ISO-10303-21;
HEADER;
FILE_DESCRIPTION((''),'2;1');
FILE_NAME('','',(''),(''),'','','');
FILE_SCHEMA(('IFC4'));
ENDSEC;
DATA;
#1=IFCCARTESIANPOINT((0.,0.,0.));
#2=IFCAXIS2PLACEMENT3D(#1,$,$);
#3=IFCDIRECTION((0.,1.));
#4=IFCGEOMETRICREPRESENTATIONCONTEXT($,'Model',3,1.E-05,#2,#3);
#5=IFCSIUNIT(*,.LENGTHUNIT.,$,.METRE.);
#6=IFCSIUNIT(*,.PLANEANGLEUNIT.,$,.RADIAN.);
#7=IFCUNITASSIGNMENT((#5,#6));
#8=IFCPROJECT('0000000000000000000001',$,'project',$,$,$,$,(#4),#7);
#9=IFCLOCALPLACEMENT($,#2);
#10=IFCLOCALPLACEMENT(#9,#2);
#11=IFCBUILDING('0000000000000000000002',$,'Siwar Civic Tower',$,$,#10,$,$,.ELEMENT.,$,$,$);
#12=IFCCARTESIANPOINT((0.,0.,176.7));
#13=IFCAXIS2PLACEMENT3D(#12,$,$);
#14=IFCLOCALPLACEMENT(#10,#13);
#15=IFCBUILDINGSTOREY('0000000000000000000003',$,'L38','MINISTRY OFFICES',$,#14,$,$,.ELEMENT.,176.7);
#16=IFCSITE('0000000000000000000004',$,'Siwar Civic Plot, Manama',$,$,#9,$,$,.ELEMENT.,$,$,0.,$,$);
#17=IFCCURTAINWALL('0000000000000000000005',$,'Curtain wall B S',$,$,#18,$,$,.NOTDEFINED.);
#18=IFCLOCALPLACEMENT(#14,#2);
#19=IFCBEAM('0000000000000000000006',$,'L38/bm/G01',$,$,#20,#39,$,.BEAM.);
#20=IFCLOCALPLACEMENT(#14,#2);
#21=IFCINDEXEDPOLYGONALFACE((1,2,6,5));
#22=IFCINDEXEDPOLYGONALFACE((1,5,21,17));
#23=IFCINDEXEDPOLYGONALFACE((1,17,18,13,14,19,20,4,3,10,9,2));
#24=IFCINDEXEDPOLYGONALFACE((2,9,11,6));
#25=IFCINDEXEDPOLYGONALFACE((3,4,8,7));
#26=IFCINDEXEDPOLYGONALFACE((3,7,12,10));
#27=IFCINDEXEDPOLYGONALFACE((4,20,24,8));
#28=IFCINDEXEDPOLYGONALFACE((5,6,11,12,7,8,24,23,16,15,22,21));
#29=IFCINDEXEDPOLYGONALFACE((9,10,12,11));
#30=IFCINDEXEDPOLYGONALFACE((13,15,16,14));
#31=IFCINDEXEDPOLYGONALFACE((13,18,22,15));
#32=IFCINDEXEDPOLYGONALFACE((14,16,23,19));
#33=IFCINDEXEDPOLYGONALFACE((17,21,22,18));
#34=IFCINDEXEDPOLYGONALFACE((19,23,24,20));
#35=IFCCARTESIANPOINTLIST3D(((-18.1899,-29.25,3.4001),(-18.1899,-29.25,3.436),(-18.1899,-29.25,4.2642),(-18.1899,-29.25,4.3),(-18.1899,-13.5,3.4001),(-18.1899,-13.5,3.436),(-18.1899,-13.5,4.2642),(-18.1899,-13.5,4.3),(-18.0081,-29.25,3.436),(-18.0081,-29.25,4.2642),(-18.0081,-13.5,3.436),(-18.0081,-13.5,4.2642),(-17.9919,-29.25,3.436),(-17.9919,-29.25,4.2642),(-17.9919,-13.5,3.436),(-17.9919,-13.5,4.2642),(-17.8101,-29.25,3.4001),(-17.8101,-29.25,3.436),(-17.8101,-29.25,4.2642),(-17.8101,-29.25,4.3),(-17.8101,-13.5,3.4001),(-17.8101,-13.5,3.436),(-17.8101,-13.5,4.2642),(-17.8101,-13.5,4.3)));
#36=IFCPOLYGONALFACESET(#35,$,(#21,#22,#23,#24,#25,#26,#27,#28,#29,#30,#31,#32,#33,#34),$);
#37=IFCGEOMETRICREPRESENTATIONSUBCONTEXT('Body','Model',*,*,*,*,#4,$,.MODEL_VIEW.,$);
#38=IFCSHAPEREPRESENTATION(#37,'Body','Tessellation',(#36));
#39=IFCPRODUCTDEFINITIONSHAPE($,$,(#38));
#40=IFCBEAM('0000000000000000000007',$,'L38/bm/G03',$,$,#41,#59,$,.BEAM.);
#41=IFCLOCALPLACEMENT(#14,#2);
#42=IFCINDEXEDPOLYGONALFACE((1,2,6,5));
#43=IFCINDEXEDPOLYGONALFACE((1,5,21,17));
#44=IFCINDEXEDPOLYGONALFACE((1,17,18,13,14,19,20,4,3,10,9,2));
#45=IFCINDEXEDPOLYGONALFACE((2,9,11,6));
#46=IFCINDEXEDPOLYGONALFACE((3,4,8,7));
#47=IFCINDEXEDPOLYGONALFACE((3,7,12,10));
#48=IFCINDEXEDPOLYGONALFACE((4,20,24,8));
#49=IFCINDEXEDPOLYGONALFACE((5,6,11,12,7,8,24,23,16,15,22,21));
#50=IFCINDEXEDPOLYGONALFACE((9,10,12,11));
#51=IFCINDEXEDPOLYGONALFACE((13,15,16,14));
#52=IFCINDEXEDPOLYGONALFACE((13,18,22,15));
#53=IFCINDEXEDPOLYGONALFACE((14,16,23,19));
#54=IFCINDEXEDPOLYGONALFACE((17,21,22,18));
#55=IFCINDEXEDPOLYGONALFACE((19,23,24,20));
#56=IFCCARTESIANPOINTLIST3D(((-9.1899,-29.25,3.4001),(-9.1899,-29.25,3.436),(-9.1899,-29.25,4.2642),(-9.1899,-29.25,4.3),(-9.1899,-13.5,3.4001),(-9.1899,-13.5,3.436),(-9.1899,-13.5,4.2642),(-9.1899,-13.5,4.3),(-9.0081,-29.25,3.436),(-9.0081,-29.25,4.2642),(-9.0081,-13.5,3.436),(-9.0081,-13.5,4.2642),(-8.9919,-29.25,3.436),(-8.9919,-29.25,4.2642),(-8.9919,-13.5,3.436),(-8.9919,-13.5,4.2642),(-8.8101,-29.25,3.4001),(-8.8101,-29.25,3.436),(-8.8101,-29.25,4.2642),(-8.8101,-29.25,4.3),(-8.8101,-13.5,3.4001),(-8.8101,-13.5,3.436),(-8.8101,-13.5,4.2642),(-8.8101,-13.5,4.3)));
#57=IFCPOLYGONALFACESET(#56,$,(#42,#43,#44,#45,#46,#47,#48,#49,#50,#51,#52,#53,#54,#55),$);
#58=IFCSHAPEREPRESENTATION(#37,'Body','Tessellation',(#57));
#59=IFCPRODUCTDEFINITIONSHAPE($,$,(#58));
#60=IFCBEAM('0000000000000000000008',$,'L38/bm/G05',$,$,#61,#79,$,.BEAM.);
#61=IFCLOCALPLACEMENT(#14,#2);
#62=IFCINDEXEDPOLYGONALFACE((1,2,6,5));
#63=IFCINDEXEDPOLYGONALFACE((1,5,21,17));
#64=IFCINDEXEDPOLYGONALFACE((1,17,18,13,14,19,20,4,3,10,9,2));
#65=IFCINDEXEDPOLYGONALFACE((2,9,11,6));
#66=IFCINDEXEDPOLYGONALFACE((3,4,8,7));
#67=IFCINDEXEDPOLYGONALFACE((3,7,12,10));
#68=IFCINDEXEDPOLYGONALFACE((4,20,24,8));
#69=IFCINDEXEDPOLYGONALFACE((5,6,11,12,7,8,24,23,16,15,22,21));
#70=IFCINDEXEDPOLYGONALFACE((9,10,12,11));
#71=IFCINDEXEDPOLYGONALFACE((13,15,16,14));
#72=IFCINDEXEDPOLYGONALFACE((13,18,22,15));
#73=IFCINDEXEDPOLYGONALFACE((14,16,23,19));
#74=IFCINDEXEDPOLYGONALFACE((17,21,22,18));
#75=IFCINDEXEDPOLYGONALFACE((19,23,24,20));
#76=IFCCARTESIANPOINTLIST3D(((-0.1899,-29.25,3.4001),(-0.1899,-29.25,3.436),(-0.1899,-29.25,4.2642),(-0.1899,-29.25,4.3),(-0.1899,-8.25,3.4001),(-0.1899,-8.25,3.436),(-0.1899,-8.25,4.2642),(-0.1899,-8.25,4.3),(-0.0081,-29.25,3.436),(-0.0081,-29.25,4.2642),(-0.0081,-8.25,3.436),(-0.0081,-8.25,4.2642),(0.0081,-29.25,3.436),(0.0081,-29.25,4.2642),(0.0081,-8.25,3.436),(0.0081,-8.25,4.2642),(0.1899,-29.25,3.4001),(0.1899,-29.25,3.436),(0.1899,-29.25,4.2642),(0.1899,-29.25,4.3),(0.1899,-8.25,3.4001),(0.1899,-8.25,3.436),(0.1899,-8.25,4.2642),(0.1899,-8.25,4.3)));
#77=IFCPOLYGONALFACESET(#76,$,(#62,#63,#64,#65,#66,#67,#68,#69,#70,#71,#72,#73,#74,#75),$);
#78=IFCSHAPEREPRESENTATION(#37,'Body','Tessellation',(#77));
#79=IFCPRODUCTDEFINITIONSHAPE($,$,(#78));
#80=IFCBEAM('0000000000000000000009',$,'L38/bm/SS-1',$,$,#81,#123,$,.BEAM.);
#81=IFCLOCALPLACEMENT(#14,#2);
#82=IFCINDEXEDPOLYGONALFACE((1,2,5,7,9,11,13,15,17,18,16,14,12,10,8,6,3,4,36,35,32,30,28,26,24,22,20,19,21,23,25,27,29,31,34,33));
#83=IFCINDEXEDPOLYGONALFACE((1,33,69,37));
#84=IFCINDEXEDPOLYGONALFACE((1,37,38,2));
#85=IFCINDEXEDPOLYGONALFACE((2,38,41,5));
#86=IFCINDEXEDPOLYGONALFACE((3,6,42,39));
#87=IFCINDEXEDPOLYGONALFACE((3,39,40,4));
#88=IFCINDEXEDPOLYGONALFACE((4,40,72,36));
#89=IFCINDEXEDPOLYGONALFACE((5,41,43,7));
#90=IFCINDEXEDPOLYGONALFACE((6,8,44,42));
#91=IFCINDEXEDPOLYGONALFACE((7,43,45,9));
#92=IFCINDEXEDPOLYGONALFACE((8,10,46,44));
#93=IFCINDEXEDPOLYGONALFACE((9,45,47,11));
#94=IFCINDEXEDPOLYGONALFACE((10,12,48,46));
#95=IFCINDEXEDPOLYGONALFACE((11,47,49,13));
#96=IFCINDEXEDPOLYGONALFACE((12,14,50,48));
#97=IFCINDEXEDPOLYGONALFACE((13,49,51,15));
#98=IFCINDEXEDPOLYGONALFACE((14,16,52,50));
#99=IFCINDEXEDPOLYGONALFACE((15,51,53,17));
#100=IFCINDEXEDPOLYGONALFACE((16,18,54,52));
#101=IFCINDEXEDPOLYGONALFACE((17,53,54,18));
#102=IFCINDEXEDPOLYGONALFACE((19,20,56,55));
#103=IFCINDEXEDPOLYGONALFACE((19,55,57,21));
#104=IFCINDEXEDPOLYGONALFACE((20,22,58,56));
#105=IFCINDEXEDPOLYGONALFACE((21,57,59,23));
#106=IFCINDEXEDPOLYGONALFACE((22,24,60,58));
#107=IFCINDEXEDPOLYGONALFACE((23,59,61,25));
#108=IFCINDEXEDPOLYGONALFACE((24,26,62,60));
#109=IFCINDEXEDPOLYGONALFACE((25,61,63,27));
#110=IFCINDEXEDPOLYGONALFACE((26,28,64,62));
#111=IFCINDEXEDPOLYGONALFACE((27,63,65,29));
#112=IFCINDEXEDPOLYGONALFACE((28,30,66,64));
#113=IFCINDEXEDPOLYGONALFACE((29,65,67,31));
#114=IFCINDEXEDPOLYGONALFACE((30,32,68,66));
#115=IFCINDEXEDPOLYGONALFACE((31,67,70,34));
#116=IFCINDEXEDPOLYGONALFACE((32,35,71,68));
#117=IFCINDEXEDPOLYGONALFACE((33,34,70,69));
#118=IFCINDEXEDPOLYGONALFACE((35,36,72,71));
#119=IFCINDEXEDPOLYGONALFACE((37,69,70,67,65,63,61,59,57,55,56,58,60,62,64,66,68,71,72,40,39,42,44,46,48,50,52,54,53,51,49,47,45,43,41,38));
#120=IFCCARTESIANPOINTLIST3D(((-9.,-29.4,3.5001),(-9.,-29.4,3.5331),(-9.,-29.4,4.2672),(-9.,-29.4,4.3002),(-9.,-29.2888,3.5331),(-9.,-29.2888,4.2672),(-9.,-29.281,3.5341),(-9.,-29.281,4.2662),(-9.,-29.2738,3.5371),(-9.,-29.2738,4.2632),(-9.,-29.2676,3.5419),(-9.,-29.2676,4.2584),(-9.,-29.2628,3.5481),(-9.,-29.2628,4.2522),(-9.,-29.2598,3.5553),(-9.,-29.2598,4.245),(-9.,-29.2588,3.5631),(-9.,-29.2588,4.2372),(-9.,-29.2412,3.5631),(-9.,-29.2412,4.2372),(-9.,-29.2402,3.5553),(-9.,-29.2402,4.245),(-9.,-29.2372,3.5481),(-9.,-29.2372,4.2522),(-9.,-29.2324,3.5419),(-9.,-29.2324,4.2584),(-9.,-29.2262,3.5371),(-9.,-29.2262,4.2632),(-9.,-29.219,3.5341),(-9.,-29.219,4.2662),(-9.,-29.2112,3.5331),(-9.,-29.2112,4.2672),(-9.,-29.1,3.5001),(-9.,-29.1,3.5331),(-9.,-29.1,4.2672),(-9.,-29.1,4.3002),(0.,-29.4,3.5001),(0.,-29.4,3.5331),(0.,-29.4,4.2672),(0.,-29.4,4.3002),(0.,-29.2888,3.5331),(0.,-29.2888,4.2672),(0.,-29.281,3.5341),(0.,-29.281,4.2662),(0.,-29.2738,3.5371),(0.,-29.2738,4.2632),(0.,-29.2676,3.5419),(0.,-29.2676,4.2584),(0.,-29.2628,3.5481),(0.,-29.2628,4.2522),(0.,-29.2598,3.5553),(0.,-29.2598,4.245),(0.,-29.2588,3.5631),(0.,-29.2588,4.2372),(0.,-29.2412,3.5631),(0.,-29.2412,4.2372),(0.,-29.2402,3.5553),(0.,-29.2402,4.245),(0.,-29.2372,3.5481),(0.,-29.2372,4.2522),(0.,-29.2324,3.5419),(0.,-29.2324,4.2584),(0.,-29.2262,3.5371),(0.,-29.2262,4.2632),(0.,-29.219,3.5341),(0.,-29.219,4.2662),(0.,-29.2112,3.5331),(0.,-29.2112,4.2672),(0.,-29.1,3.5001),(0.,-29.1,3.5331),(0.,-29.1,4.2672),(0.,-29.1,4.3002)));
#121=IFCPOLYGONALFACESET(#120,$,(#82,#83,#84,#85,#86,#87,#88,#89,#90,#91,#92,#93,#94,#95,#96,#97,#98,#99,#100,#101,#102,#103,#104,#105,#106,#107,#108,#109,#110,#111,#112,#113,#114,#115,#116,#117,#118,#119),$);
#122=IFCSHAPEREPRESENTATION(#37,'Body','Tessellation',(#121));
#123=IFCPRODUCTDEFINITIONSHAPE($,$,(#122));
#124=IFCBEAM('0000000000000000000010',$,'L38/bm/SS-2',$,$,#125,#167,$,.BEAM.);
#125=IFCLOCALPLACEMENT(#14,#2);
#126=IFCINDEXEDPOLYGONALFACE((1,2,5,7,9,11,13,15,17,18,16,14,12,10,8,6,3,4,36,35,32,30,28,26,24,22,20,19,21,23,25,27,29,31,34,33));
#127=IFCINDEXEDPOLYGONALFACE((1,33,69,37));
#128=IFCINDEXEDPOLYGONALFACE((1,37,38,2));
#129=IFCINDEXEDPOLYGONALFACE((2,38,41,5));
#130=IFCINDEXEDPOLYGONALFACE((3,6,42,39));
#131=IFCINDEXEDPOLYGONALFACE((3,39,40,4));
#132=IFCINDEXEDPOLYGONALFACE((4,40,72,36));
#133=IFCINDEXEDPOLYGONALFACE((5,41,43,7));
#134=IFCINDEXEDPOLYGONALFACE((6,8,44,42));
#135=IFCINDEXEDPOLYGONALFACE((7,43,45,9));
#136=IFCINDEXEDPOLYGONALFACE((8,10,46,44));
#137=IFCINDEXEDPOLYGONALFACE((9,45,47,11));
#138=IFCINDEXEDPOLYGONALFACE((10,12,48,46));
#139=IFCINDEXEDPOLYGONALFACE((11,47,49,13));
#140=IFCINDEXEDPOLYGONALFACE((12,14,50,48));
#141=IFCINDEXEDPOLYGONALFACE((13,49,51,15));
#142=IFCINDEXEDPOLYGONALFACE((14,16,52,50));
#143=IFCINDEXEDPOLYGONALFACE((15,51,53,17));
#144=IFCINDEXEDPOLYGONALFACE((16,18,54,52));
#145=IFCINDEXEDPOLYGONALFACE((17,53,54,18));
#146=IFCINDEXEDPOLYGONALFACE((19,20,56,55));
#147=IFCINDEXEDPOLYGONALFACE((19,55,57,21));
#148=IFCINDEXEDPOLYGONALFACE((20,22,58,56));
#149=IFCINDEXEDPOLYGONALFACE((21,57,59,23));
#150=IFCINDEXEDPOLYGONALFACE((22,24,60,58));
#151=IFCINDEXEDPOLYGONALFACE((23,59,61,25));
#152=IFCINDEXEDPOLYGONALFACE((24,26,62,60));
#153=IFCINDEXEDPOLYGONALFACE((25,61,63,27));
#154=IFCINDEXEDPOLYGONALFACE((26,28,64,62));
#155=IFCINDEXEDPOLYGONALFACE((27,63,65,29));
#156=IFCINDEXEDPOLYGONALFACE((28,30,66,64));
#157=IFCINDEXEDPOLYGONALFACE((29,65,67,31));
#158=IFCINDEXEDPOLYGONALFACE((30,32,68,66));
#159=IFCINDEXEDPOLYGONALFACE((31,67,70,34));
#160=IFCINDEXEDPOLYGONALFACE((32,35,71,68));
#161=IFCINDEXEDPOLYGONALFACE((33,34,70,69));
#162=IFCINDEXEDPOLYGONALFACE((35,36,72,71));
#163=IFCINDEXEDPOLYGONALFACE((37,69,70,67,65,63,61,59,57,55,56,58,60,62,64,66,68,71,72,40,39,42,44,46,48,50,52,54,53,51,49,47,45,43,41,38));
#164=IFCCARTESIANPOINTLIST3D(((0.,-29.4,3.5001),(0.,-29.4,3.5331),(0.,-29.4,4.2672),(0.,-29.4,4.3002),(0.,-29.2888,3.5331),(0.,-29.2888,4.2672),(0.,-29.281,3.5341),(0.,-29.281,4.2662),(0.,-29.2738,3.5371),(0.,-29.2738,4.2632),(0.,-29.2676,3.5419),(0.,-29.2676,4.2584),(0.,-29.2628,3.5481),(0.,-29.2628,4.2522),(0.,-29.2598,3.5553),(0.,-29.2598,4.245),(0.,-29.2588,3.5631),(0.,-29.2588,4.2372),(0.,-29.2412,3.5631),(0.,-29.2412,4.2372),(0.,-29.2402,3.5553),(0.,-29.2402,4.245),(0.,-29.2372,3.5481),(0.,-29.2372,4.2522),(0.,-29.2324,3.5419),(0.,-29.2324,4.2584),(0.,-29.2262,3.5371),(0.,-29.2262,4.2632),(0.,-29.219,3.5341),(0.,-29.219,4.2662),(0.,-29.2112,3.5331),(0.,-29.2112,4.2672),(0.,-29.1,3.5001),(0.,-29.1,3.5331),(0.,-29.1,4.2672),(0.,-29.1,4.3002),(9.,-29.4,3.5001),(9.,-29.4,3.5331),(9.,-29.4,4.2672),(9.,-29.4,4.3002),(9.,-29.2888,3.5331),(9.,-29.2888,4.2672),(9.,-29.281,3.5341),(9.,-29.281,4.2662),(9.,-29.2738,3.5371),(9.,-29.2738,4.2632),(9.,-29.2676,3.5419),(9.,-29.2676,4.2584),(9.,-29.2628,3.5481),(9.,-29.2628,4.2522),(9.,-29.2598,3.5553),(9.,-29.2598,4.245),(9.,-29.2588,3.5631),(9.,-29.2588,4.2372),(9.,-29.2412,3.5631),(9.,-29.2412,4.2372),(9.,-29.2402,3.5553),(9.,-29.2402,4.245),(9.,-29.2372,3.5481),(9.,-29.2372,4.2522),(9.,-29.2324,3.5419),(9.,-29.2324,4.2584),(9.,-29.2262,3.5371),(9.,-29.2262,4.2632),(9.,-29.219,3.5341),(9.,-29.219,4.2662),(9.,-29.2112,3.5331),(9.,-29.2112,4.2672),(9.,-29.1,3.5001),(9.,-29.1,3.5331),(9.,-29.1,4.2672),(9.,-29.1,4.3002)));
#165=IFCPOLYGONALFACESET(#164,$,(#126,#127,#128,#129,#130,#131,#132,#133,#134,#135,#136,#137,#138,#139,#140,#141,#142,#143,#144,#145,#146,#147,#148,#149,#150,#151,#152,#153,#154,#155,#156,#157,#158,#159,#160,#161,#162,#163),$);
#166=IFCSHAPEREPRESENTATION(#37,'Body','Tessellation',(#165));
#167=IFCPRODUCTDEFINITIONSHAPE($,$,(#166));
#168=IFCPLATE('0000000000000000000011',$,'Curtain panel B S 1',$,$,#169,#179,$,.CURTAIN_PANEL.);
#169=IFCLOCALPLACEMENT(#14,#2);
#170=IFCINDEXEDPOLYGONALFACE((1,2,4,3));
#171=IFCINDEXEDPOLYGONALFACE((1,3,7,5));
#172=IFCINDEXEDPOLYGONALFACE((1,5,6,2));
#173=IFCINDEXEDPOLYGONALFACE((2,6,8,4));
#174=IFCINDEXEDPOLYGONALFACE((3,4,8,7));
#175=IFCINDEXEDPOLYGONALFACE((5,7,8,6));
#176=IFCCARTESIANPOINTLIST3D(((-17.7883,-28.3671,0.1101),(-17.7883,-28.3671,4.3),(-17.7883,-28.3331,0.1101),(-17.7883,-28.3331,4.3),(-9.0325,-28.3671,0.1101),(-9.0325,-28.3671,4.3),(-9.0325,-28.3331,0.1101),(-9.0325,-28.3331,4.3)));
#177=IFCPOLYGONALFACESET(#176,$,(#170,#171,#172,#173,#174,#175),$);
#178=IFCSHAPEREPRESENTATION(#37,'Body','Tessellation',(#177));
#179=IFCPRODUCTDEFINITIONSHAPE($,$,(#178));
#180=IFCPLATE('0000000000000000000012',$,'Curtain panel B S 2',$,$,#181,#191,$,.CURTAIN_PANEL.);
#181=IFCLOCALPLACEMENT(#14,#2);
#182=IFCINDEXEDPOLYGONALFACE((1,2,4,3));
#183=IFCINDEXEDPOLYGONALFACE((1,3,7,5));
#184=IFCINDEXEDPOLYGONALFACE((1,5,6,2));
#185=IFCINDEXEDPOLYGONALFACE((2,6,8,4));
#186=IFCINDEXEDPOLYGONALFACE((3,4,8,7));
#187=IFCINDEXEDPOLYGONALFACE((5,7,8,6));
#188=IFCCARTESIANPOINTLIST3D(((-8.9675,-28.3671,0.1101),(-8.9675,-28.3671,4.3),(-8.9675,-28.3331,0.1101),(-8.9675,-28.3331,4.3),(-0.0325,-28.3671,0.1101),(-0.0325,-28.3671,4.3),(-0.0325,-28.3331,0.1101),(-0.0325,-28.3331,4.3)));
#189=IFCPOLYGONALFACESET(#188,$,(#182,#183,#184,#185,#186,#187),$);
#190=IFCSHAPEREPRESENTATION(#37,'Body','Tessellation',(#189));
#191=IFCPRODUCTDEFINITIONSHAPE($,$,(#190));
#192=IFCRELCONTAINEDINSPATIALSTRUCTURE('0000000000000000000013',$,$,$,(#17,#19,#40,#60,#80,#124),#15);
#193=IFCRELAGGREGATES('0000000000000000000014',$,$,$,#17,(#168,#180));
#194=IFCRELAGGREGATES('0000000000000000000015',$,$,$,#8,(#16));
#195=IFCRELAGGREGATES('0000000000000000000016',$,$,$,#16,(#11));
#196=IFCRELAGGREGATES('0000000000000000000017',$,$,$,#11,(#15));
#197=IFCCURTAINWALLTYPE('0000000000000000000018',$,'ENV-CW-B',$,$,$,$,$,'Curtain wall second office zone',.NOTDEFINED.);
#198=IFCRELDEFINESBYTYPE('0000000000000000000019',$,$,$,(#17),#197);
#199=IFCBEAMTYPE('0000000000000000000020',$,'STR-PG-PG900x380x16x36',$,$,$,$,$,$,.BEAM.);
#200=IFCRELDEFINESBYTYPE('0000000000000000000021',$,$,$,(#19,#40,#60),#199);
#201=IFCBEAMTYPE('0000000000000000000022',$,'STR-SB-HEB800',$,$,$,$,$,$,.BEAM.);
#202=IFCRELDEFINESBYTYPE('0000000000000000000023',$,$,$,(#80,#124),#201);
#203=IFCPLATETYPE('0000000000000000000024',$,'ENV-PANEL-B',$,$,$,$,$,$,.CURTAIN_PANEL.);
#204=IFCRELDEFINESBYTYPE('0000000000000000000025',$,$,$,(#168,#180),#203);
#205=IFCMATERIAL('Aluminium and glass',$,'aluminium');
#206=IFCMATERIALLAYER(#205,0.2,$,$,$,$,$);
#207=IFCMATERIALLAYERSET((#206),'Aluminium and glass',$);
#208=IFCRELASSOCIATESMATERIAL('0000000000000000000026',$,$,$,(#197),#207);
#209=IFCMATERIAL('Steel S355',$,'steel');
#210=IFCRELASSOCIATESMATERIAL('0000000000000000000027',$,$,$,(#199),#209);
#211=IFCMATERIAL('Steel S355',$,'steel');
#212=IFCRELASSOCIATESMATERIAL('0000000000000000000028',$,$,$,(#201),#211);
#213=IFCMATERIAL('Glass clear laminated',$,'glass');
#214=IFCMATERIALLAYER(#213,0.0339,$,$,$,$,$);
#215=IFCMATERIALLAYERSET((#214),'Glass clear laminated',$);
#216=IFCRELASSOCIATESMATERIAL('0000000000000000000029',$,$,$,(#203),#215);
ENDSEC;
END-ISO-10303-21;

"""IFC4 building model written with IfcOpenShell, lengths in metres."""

from ifc_helpers import new_model, si_unit, direction, frame, origin, origin_2d, place, context, subcontext, project, spatial, rectangle, i_section, extrude, material, layer, layer_set, material_profile, profile_set, type_object, element, aggregate, save


model = new_model("IFC4")

# Units and contexts
model_context = context("Model", 3, precision=1e-05, world=origin(), true_north=direction((0.0, 1.0)))
body_context = subcontext(model_context, "Body", "Model", "MODEL_VIEW")
ifc_project = project(units=[si_unit("LENGTHUNIT", "METRE"), si_unit("PLANEANGLEUNIT", "RADIAN")], contexts=[model_context])

# Site, building, storey
site_placement = place(None, origin())
site = spatial("IfcSite", under=ifc_project, at=site_placement, Name="Siwar Civic Plot, Manama", CompositionType="ELEMENT", RefElevation=0.0)
building_placement = place(site_placement, origin())
building = spatial("IfcBuilding", under=site, at=building_placement, Name="Siwar Civic Tower", CompositionType="ELEMENT")
storey_placement = place(building_placement, frame((0.0, 0.0, 176.7)))
storey = spatial("IfcBuildingStorey", under=building, at=storey_placement, Name="L38", Description="MINISTRY OFFICES", CompositionType="ELEMENT", Elevation=176.7)

# Curtain wall
ifc_material_1 = material(Name="Aluminium and glass", Category="aluminium")
ifc_layer_1 = layer(ifc_material_1, 0.2)
ifc_layer_set_1 = layer_set([ifc_layer_1], Name="Aluminium and glass")
curtain_wall_type = type_object("IfcCurtainWallType", Name="ENV-CW-B", ElementType="Curtain wall second office zone", PredefinedType="NOTDEFINED", material=ifc_layer_set_1)
curtain_wall_placement = place(storey_placement, origin())
curtain_wall = element("IfcCurtainWall", 1, at=curtain_wall_placement, inside=storey, type_object=curtain_wall_type, Name="Curtain wall B S", PredefinedType="NOTDEFINED")

# Beams
ifc_material_2 = material(Name="Steel S355", Category="steel")
ifc_material_profile_1 = material_profile(ifc_material_2, i_section(OverallWidth=0.3799, OverallDepth=0.8999, WebThickness=0.0161, FlangeThickness=0.0359, at=origin_2d()), Name="PG900x380x16x36")
ifc_profile_set_1 = profile_set([ifc_material_profile_1], Name="Steel S355")
beam_type_1 = type_object("IfcBeamType", Name="STR-PG-PG900x380x16x36", PredefinedType="BEAM", material=ifc_profile_set_1)
for number, where, z_axis, x_axis, name in (
    (2, (-18.0, -29.25, 3.8501), (0.0, 1.0, 0.0), (-1.0, 0.0, 0.0), "L38/bm/G01"),
    (3, (-9.0, -29.25, 3.8501), (0.0, 1.0, 0.0), (-1.0, 0.0, 0.0), "L38/bm/G03"),
):
    element("IfcBeam", number, at=place(storey_placement, frame(where, z_axis=z_axis, x_axis=x_axis)), inside=storey, type_object=beam_type_1, Name=name, PredefinedType="BEAM", context=body_context, shape_type="SweptSolid", body=[
        extrude(i_section(OverallWidth=0.3799, OverallDepth=0.8999, WebThickness=0.0161, FlangeThickness=0.0359, at=origin_2d()), origin(), (0.0, 0.0, 1.0), 15.75),
    ])
beam_1_placement = place(storey_placement, frame((0.0, -29.25, 3.8501), z_axis=(0.0, 1.0, 0.0), x_axis=(-1.0, 0.0, 0.0)))
element("IfcBeam", 4, at=beam_1_placement, inside=storey, type_object=beam_type_1, Name="L38/bm/G05", PredefinedType="BEAM", context=body_context, shape_type="SweptSolid", body=[
    extrude(i_section(OverallWidth=0.3799, OverallDepth=0.8999, WebThickness=0.0161, FlangeThickness=0.0359, at=origin_2d()), origin(), (0.0, 0.0, 1.0), 21.0),
])
ifc_material_3 = material(Name="Steel S355", Category="steel")
ifc_material_profile_2 = material_profile(ifc_material_3, i_section(OverallWidth=0.3, OverallDepth=0.8, WebThickness=0.0176, FlangeThickness=0.033, FilletRadius=0.03, at=origin_2d()), Name="HEB800")
ifc_profile_set_2 = profile_set([ifc_material_profile_2], Name="Steel S355")
beam_type_2 = type_object("IfcBeamType", Name="STR-SB-HEB800", PredefinedType="BEAM", material=ifc_profile_set_2)
for number, where, z_axis, x_axis, name in (
    (5, (-9.0, -29.25, 3.9001), (1.0, 0.0, 0.0), (0.0, 1.0, 0.0), "L38/bm/SS-1"),
    (6, (0.0, -29.25, 3.9001), (1.0, 0.0, 0.0), (0.0, 1.0, 0.0), "L38/bm/SS-2"),
):
    element("IfcBeam", number, at=place(storey_placement, frame(where, z_axis=z_axis, x_axis=x_axis)), inside=storey, type_object=beam_type_2, Name=name, PredefinedType="BEAM", context=body_context, shape_type="SweptSolid", body=[
        extrude(i_section(OverallWidth=0.3, OverallDepth=0.8, WebThickness=0.0176, FlangeThickness=0.033, FilletRadius=0.03, at=origin_2d()), origin(), (0.0, 0.0, 1.0), 9.0),
    ])

# Plates
ifc_material_4 = material(Name="Glass clear laminated", Category="glass")
ifc_layer_2 = layer(ifc_material_4, 0.0339)
ifc_layer_set_2 = layer_set([ifc_layer_2], Name="Glass clear laminated")
plate_type = type_object("IfcPlateType", Name="ENV-PANEL-B", PredefinedType="CURTAIN_PANEL", material=ifc_layer_set_2)
plate_1_placement = place(storey_placement, frame((-13.4104, -28.3501, 0.1101), z_axis=(0.0, 0.0, 1.0), x_axis=(1.0, 0.0, 0.0)))
plate_1 = element("IfcPlate", 7, at=plate_1_placement, type_object=plate_type, Name="Curtain panel B S 1", PredefinedType="CURTAIN_PANEL", context=body_context, shape_type="SweptSolid", body=[
    extrude(rectangle(XDim=8.7559, YDim=0.0339, at=origin_2d()), origin(), (0.0, 0.0, 1.0), 4.1899),
])
plate_2_placement = place(storey_placement, frame((-4.5, -28.3501, 0.1101), z_axis=(0.0, 0.0, 1.0), x_axis=(1.0, 0.0, 0.0)))
plate_2 = element("IfcPlate", 8, at=plate_2_placement, type_object=plate_type, Name="Curtain panel B S 2", PredefinedType="CURTAIN_PANEL", context=body_context, shape_type="SweptSolid", body=[
    extrude(rectangle(XDim=8.9351, YDim=0.0339, at=origin_2d()), origin(), (0.0, 0.0, 1.0), 4.1899),
])
aggregate(curtain_wall, [plate_1, plate_2])

save(model, "model.ifc")
